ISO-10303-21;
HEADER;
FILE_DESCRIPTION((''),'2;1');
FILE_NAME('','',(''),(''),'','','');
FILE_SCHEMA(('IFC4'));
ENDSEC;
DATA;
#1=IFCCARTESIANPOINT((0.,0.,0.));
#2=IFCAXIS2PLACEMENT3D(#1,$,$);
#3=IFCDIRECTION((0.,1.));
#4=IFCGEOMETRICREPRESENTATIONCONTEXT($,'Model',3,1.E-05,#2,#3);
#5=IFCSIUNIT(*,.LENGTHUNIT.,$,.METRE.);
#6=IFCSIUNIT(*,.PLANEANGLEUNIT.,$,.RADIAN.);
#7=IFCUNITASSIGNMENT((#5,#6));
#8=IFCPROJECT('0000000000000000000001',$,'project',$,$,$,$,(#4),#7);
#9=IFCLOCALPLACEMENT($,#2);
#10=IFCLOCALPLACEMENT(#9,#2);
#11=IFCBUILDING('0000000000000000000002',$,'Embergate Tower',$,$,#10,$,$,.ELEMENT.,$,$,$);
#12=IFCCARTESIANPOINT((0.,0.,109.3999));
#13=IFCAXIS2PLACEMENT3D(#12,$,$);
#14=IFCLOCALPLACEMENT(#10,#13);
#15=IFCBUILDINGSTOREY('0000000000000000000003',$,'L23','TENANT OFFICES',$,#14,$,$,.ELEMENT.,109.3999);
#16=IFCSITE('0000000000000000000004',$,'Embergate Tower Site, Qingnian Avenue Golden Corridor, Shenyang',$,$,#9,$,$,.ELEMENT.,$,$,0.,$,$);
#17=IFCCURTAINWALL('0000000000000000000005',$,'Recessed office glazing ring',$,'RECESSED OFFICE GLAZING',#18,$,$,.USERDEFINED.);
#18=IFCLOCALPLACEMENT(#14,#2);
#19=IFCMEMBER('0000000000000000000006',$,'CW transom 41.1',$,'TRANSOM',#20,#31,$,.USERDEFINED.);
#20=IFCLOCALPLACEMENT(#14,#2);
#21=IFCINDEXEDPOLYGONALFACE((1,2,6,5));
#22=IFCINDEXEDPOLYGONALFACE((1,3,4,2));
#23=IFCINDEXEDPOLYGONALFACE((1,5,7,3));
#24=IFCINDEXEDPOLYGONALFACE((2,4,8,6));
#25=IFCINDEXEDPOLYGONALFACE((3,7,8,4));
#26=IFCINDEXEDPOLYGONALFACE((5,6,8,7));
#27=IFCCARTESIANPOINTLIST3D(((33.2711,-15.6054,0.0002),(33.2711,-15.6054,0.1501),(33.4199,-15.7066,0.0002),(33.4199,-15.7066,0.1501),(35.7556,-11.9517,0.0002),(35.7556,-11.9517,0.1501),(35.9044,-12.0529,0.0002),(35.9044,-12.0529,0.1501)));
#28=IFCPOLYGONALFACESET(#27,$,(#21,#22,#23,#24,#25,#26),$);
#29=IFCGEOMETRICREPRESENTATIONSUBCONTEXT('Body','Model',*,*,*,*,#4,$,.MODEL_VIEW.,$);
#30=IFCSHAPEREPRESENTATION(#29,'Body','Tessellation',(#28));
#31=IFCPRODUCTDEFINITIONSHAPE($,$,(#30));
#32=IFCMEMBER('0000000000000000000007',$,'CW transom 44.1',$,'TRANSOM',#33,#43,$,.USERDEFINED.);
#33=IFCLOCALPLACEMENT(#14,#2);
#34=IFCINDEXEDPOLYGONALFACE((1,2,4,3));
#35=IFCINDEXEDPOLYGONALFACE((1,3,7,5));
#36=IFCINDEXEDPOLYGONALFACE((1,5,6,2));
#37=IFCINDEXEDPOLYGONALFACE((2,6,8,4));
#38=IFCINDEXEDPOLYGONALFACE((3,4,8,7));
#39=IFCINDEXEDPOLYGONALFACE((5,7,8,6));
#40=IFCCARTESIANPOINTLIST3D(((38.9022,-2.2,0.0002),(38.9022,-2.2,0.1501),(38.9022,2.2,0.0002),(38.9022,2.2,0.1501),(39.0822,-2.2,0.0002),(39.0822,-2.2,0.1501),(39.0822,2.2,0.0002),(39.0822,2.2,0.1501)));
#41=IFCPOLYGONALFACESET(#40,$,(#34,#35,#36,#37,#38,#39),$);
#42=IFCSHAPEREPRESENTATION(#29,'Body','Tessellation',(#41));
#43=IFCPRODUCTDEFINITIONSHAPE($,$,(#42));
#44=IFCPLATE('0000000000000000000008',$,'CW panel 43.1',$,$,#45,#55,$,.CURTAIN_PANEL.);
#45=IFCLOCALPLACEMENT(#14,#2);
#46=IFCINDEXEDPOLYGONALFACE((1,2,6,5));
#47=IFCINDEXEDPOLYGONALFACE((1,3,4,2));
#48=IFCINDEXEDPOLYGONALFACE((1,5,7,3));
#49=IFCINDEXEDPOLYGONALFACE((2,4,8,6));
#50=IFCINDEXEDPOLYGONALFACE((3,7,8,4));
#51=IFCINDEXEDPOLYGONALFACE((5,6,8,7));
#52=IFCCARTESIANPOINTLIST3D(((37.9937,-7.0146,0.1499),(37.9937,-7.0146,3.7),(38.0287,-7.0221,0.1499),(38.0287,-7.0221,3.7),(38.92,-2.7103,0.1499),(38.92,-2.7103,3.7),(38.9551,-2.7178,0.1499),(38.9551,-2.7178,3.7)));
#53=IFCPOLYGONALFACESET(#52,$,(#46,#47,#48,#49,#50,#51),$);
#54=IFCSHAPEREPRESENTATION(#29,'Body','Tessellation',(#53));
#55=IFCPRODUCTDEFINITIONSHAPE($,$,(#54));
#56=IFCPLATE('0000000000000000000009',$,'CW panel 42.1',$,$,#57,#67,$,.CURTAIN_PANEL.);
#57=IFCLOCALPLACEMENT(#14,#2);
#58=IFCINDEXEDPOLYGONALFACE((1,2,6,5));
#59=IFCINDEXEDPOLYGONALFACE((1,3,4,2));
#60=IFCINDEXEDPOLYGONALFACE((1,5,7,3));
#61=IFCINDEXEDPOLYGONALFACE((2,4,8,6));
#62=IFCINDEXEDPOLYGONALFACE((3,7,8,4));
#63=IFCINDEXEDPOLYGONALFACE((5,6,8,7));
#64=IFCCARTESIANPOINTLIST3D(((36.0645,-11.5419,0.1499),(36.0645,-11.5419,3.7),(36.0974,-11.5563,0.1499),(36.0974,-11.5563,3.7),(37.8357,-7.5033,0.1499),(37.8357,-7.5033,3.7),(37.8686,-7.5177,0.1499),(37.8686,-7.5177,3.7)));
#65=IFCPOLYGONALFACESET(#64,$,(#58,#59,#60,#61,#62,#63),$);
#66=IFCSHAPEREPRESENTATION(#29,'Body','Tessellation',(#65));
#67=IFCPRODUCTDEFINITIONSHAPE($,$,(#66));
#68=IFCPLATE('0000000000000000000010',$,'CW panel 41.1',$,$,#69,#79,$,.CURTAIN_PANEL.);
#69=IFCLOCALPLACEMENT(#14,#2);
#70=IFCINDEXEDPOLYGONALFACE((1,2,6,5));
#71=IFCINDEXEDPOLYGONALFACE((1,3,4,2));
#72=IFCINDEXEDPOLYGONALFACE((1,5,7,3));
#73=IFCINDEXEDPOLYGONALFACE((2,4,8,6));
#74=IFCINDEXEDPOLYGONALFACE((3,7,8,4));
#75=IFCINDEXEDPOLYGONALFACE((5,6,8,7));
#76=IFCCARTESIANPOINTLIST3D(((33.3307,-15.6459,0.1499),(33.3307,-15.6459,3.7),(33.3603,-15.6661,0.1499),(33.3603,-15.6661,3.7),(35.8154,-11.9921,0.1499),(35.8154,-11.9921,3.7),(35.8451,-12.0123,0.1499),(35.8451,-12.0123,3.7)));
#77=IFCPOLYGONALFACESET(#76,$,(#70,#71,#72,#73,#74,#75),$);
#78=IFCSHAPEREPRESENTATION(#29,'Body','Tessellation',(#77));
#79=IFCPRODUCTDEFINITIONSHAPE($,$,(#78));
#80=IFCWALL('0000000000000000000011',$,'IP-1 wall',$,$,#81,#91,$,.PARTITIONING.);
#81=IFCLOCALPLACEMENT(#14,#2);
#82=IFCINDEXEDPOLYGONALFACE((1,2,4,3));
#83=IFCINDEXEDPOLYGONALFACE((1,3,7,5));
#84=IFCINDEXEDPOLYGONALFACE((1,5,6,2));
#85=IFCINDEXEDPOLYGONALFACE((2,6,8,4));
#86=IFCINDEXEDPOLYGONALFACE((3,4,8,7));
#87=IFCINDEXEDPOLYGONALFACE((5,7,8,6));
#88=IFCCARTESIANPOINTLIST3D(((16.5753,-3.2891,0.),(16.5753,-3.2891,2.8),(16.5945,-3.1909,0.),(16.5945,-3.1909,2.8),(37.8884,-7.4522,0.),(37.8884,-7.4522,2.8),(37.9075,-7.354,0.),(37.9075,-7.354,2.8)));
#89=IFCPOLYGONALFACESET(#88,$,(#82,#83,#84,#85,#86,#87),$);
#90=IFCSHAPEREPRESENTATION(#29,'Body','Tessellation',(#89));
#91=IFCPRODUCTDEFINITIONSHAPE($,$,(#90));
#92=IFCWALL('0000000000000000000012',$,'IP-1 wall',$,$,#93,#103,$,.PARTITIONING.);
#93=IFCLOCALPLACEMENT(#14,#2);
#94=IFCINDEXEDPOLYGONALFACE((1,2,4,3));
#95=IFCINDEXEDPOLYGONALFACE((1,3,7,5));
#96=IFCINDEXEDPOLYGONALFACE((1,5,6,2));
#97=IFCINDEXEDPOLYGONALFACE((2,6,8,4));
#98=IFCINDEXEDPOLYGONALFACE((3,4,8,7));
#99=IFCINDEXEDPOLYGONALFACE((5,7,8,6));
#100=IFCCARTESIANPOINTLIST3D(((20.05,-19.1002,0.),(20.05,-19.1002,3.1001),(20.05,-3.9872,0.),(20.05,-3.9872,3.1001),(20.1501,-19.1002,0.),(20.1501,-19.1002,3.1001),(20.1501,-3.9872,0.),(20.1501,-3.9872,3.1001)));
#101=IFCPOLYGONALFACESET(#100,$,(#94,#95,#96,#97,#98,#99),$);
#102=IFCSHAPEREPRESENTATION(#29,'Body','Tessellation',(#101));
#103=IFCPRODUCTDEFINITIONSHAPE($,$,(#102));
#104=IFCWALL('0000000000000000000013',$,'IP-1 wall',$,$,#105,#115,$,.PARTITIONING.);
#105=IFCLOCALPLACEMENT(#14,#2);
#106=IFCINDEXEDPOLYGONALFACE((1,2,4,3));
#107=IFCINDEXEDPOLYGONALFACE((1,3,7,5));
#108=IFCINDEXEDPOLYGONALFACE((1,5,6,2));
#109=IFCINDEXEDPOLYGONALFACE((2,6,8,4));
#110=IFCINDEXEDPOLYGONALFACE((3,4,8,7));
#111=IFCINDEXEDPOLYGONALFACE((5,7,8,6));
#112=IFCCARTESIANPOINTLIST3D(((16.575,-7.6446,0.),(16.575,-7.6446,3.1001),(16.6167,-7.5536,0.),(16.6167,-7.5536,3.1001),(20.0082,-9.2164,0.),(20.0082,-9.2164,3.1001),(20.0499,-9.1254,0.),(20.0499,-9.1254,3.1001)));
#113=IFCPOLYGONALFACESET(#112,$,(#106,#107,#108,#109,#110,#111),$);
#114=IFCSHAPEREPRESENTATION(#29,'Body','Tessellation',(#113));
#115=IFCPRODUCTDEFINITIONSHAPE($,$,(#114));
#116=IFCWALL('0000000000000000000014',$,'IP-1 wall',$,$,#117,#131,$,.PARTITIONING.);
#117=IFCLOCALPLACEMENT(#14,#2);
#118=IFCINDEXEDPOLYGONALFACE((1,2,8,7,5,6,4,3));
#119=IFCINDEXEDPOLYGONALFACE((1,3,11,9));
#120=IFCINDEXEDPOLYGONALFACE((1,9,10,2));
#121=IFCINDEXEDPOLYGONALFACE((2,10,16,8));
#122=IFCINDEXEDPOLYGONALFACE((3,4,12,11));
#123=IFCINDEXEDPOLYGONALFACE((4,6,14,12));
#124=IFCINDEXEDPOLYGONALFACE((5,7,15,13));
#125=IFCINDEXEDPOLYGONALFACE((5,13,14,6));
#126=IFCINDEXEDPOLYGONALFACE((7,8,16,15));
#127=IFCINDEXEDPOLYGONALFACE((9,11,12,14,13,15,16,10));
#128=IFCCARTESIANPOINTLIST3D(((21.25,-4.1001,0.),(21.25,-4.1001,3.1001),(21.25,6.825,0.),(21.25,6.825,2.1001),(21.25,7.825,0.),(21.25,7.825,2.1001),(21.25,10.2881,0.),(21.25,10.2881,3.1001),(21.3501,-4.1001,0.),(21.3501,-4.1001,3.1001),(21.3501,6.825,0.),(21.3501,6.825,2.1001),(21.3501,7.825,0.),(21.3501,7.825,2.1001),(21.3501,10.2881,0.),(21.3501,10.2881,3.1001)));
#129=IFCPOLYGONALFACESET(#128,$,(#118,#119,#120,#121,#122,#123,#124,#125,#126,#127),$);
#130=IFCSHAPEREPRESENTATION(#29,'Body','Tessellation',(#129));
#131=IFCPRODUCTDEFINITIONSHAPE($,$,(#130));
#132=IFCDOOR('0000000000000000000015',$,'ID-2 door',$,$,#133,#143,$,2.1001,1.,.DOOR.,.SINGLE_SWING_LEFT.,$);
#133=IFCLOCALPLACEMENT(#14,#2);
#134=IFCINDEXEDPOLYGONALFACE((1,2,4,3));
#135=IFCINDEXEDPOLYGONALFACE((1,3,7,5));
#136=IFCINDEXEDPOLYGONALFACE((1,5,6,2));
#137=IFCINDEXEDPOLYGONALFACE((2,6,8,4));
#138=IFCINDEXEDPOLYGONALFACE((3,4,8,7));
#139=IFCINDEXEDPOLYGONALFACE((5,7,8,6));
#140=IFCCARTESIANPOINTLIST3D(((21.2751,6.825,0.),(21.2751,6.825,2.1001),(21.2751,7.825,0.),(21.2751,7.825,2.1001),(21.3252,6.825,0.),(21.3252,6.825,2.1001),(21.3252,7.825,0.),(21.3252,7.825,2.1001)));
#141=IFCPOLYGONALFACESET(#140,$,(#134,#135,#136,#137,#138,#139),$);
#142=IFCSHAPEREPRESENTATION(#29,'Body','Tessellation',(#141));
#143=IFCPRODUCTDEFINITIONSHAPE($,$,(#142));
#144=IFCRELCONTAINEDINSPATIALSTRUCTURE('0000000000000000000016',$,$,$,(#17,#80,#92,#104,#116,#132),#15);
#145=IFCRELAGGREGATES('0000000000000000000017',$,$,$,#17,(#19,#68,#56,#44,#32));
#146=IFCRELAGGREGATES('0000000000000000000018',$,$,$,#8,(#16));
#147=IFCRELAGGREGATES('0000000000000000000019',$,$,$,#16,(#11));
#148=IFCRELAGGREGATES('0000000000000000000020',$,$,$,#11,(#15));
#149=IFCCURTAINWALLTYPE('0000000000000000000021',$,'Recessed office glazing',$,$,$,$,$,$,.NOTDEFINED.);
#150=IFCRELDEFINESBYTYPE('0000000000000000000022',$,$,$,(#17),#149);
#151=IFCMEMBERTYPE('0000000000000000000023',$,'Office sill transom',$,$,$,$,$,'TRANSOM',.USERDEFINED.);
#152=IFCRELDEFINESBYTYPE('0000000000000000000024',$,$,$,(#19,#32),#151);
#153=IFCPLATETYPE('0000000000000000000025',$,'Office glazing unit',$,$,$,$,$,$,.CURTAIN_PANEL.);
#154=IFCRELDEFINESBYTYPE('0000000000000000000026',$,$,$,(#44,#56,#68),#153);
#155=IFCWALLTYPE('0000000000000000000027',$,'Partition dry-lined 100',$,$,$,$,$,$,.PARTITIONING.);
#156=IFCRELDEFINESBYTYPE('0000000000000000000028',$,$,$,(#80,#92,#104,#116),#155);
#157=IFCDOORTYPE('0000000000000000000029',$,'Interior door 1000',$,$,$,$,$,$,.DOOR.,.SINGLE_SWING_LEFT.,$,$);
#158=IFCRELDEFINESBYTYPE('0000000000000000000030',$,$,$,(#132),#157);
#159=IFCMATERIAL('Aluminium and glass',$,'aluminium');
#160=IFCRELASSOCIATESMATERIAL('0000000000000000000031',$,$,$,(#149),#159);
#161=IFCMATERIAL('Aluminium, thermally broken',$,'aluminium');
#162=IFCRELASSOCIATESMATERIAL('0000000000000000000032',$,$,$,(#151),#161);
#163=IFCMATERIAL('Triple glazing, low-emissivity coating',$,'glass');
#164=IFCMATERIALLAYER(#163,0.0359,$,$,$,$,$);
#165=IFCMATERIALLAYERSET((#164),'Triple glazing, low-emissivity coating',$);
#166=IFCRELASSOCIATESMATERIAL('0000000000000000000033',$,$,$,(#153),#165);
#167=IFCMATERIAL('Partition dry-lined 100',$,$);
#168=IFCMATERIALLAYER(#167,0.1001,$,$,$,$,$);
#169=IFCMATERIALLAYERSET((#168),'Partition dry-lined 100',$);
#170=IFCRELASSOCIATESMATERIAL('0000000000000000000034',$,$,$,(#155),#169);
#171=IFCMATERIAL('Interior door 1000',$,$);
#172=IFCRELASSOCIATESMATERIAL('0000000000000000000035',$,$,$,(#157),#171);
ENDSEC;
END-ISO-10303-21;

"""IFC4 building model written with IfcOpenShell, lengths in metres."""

from ifc_helpers import new_model, si_unit, direction, frame, frame_2d, origin, origin_2d, place, context, subcontext, project, spatial, rectangle, extrude, source, transform, mapped, material, layer, layer_set, material_profile, profile_set, type_object, element, fill, aggregate, save


model = new_model("IFC4")

# Units and contexts
model_context = context("Model", 3, precision=1e-05, world=origin(), true_north=direction((0.0, 1.0)))
body_context = subcontext(model_context, "Body", "Model", "MODEL_VIEW")
ifc_project = project(units=[si_unit("LENGTHUNIT", "METRE"), si_unit("PLANEANGLEUNIT", "RADIAN")], contexts=[model_context])

# Site, building, storey
site_placement = place(None, origin())
site = spatial("IfcSite", under=ifc_project, at=site_placement, Name="Embergate Tower Site, Qingnian Avenue Golden Corridor, Shenyang", CompositionType="ELEMENT", RefElevation=0.0)
building_placement = place(site_placement, origin())
building = spatial("IfcBuilding", under=site, at=building_placement, Name="Embergate Tower", CompositionType="ELEMENT")
storey_placement = place(building_placement, frame((0.0, 0.0, 109.3999)))
storey = spatial("IfcBuildingStorey", under=building, at=storey_placement, Name="L23", Description="TENANT OFFICES", CompositionType="ELEMENT", Elevation=109.3999)

# Curtain wall, members, plates
ifc_material_1 = material(Name="Aluminium and glass", Category="aluminium")
curtain_wall_type = type_object("IfcCurtainWallType", Name="Recessed office glazing", PredefinedType="NOTDEFINED", material=ifc_material_1)
curtain_wall_placement = place(storey_placement, origin())
curtain_wall = element("IfcCurtainWall", 1, at=curtain_wall_placement, inside=storey, type_object=curtain_wall_type, Name="Recessed office glazing ring", ObjectType="RECESSED OFFICE GLAZING", PredefinedType="USERDEFINED")
ifc_material_2 = material(Name="Aluminium, thermally broken", Category="aluminium")
ifc_material_profile_1 = material_profile(ifc_material_2, rectangle(XDim=0.1799, YDim=0.1499, at=origin_2d()), Name="AL 150x180")
ifc_profile_set_1 = profile_set([ifc_material_profile_1], Name="Aluminium, thermally broken")
member_type_1 = type_object("IfcMemberType", Name="Office sill transom", ElementType="TRANSOM", PredefinedType="USERDEFINED", material=ifc_profile_set_1)
shared_shape_1 = source(origin(), body_context, "Body", "SweptSolid", [
    extrude(rectangle(XDim=0.1799, YDim=0.1499, at=origin_2d()), origin(), (0.0, 0.0, 1.0), 4.4185),
])
member_1_placement = place(storey_placement, frame((33.3455, -15.656, 0.0752), z_axis=(0.562315, 0.826923, 0.0), x_axis=(-0.826923, 0.562315, 0.0)))
member_1 = element("IfcMember", 2, at=member_1_placement, type_object=member_type_1, Name="CW transom 41.1", ObjectType="TRANSOM", PredefinedType="USERDEFINED", context=body_context, shape_type="MappedRepresentation", body=[
    mapped(shared_shape_1, transform((0.0, 0.0, 0.0))),
])
shared_shape_2 = source(origin(), body_context, "Body", "SweptSolid", [
    extrude(rectangle(XDim=0.1799, YDim=0.1499, at=origin_2d()), origin(), (0.0, 0.0, 1.0), 4.3999),
])
member_2_placement = place(storey_placement, frame((38.9922, -2.2, 0.0752), z_axis=(0.0, 1.0, 0.0), x_axis=(-1.0, 0.0, 0.0)))
member_2 = element("IfcMember", 3, at=member_2_placement, type_object=member_type_1, Name="CW transom 44.1", ObjectType="TRANSOM", PredefinedType="USERDEFINED", context=body_context, shape_type="MappedRepresentation", body=[
    mapped(shared_shape_2, transform((0.0, 0.0, 0.0))),
])
ifc_material_3 = material(Name="Triple glazing, low-emissivity coating", Category="glass")
ifc_layer_1 = layer(ifc_material_3, 0.0359)
ifc_layer_set_1 = layer_set([ifc_layer_1], Name="Triple glazing, low-emissivity coating")
plate_type = type_object("IfcPlateType", Name="Office glazing unit", PredefinedType="CURTAIN_PANEL", material=ifc_layer_set_1)
shared_shape_3 = source(origin(), body_context, "Body", "SweptSolid", [
    extrude(rectangle(XDim=4.4028, YDim=0.0359, at=origin_2d()), origin(), (0.0, 0.0, 1.0), 3.55),
])
plate_1_placement = place(storey_placement, frame((38.4744, -4.8662, 0.1499), z_axis=(0.0, 0.0, 1.0), x_axis=(0.210392, 0.977617, 0.0)))
plate_1 = element("IfcPlate", 4, at=plate_1_placement, type_object=plate_type, Name="CW panel 43.1", PredefinedType="CURTAIN_PANEL", context=body_context, shape_type="MappedRepresentation", body=[
    mapped(shared_shape_3, transform((0.0, 0.0, 0.0))),
])
shared_shape_4 = source(origin(), body_context, "Body", "SweptSolid", [
    extrude(rectangle(XDim=4.4099, YDim=0.0359, at=origin_2d()), origin(), (0.0, 0.0, 1.0), 3.55),
])
plate_2_placement = place(storey_placement, frame((36.9666, -9.5298, 0.1499), z_axis=(0.0, 0.0, 1.0), x_axis=(0.401644, 0.915796, 0.0)))
plate_2 = element("IfcPlate", 5, at=plate_2_placement, type_object=plate_type, Name="CW panel 42.1", PredefinedType="CURTAIN_PANEL", context=body_context, shape_type="MappedRepresentation", body=[
    mapped(shared_shape_4, transform((0.0, 0.0, 0.0))),
])
shared_shape_5 = source(origin(), body_context, "Body", "SweptSolid", [
    extrude(rectangle(XDim=4.4187, YDim=0.0359, at=origin_2d()), origin(), (0.0, 0.0, 1.0), 3.55),
])
plate_3_placement = place(storey_placement, frame((34.5879, -13.8291, 0.1499), z_axis=(0.0, 0.0, 1.0), x_axis=(0.562332, 0.826912, 0.0)))
plate_3 = element("IfcPlate", 6, at=plate_3_placement, type_object=plate_type, Name="CW panel 41.1", PredefinedType="CURTAIN_PANEL", context=body_context, shape_type="MappedRepresentation", body=[
    mapped(shared_shape_5, transform((0.0, 0.0, 0.0))),
])
aggregate(curtain_wall, [member_1, plate_3, plate_2, plate_1, member_2])

# Walls
ifc_material_4 = material(Name="Partition dry-lined 100")
ifc_layer_2 = layer(ifc_material_4, 0.1001)
ifc_layer_set_2 = layer_set([ifc_layer_2], Name="Partition dry-lined 100")
wall_type = type_object("IfcWallType", Name="Partition dry-lined 100", PredefinedType="PARTITIONING", material=ifc_layer_set_2)
shared_shape_6 = source(origin(), body_context, "Body", "SweptSolid", [
    extrude(rectangle(XDim=21.7158, YDim=0.1001, at=frame_2d((10.8579, 0.0))), origin(), (0.0, 0.0, 1.0), 2.8),
])
wall_1_placement = place(storey_placement, frame((37.8979, -7.4031, 0.0), z_axis=(0.0, 0.0, 1.0), x_axis=(-0.981452, 0.191708, 0.0)))
element("IfcWall", 7, at=wall_1_placement, inside=storey, type_object=wall_type, Name="IP-1 wall", PredefinedType="PARTITIONING", context=body_context, shape_type="MappedRepresentation", body=[
    mapped(shared_shape_6, transform((0.0, 0.0, 0.0))),
])
shared_shape_7 = source(origin(), body_context, "Body", "SweptSolid", [
    extrude(rectangle(XDim=15.113, YDim=0.1001, at=frame_2d((7.5566, 0.0))), origin(), (0.0, 0.0, 1.0), 3.1001),
])
wall_2_placement = place(storey_placement, frame((20.1001, -3.9871, 0.0), z_axis=(0.0, 0.0, 1.0), x_axis=(0.0, -1.0, 0.0)))
element("IfcWall", 8, at=wall_2_placement, inside=storey, type_object=wall_type, Name="IP-1 wall", PredefinedType="PARTITIONING", context=body_context, shape_type="MappedRepresentation", body=[
    mapped(shared_shape_7, transform((0.0, 0.0, 0.0))),
])
shared_shape_8 = source(origin(), body_context, "Body", "SweptSolid", [
    extrude(rectangle(XDim=3.7759, YDim=0.1001, at=frame_2d((1.8879, 0.0))), origin(), (0.0, 0.0, 1.0), 3.1001),
])
wall_3_placement = place(storey_placement, frame((20.0291, -9.1709, 0.0), z_axis=(0.0, 0.0, 1.0), x_axis=(-0.909238, 0.416276, 0.0)))
element("IfcWall", 9, at=wall_3_placement, inside=storey, type_object=wall_type, Name="IP-1 wall", PredefinedType="PARTITIONING", context=body_context, shape_type="MappedRepresentation", body=[
    mapped(shared_shape_8, transform((0.0, 0.0, 0.0))),
])

# Wall, opening, door
shared_shape_9 = source(origin(), body_context, "Body", "SweptSolid", [
    extrude(rectangle(XDim=14.3882, YDim=0.1001, at=frame_2d((7.1941, 0.0))), origin(), (0.0, 0.0, 1.0), 3.1001),
])
wall_4_placement = place(storey_placement, frame((21.3, -4.1001, 0.0), z_axis=(0.0, 0.0, 1.0), x_axis=(0.0, 1.0, 0.0)))
wall_4 = element("IfcWall", 10, at=wall_4_placement, inside=storey, type_object=wall_type, Name="IP-1 wall", PredefinedType="PARTITIONING", context=body_context, shape_type="MappedRepresentation", body=[
    mapped(shared_shape_9, transform((0.0, 0.0, 0.0))),
])
shared_shape_10 = source(origin(), body_context, "Body", "SweptSolid", [
    extrude(rectangle(XDim=1.0, YDim=2.1001, at=frame_2d((0.5, 1.05))), frame((0.0, 0.0601, 0.0), z_axis=(0.0, -1.0, 0.0), x_axis=(1.0, 0.0, 0.0)), (0.0, 0.0, 1.0), 0.1201),
])
opening_placement = place(wall_4_placement, frame((10.925, 0.0, 0.0)))
opening = element("IfcOpeningElement", 11, at=opening_placement, cuts=wall_4, PredefinedType="OPENING", context=body_context, shape_type="MappedRepresentation", body=[
    mapped(shared_shape_10, transform((0.0, 0.0, 0.0))),
])
ifc_material_5 = material(Name="Interior door 1000")
door_type = type_object("IfcDoorType", Name="Interior door 1000", OperationType="SINGLE_SWING_LEFT", PredefinedType="DOOR", material=ifc_material_5)
shared_shape_11 = source(origin(), body_context, "Body", "SweptSolid", [
    extrude(rectangle(XDim=1.0, YDim=2.1001, at=frame_2d((0.5, 1.05))), frame((0.0, 0.0249, 0.0), z_axis=(0.0, -1.0, 0.0), x_axis=(1.0, 0.0, 0.0)), (0.0, 0.0, 1.0), 0.05),
])
door_placement = place(opening_placement, origin())
door = element("IfcDoor", 12, at=door_placement, inside=storey, type_object=door_type, Name="ID-2 door", OperationType="SINGLE_SWING_LEFT", OverallHeight=2.1001, OverallWidth=1.0, PredefinedType="DOOR", context=body_context, shape_type="MappedRepresentation", body=[
    mapped(shared_shape_11, transform((0.0, 0.0, 0.0))),
])
fill(opening, door)

save(model, "model.ifc")
